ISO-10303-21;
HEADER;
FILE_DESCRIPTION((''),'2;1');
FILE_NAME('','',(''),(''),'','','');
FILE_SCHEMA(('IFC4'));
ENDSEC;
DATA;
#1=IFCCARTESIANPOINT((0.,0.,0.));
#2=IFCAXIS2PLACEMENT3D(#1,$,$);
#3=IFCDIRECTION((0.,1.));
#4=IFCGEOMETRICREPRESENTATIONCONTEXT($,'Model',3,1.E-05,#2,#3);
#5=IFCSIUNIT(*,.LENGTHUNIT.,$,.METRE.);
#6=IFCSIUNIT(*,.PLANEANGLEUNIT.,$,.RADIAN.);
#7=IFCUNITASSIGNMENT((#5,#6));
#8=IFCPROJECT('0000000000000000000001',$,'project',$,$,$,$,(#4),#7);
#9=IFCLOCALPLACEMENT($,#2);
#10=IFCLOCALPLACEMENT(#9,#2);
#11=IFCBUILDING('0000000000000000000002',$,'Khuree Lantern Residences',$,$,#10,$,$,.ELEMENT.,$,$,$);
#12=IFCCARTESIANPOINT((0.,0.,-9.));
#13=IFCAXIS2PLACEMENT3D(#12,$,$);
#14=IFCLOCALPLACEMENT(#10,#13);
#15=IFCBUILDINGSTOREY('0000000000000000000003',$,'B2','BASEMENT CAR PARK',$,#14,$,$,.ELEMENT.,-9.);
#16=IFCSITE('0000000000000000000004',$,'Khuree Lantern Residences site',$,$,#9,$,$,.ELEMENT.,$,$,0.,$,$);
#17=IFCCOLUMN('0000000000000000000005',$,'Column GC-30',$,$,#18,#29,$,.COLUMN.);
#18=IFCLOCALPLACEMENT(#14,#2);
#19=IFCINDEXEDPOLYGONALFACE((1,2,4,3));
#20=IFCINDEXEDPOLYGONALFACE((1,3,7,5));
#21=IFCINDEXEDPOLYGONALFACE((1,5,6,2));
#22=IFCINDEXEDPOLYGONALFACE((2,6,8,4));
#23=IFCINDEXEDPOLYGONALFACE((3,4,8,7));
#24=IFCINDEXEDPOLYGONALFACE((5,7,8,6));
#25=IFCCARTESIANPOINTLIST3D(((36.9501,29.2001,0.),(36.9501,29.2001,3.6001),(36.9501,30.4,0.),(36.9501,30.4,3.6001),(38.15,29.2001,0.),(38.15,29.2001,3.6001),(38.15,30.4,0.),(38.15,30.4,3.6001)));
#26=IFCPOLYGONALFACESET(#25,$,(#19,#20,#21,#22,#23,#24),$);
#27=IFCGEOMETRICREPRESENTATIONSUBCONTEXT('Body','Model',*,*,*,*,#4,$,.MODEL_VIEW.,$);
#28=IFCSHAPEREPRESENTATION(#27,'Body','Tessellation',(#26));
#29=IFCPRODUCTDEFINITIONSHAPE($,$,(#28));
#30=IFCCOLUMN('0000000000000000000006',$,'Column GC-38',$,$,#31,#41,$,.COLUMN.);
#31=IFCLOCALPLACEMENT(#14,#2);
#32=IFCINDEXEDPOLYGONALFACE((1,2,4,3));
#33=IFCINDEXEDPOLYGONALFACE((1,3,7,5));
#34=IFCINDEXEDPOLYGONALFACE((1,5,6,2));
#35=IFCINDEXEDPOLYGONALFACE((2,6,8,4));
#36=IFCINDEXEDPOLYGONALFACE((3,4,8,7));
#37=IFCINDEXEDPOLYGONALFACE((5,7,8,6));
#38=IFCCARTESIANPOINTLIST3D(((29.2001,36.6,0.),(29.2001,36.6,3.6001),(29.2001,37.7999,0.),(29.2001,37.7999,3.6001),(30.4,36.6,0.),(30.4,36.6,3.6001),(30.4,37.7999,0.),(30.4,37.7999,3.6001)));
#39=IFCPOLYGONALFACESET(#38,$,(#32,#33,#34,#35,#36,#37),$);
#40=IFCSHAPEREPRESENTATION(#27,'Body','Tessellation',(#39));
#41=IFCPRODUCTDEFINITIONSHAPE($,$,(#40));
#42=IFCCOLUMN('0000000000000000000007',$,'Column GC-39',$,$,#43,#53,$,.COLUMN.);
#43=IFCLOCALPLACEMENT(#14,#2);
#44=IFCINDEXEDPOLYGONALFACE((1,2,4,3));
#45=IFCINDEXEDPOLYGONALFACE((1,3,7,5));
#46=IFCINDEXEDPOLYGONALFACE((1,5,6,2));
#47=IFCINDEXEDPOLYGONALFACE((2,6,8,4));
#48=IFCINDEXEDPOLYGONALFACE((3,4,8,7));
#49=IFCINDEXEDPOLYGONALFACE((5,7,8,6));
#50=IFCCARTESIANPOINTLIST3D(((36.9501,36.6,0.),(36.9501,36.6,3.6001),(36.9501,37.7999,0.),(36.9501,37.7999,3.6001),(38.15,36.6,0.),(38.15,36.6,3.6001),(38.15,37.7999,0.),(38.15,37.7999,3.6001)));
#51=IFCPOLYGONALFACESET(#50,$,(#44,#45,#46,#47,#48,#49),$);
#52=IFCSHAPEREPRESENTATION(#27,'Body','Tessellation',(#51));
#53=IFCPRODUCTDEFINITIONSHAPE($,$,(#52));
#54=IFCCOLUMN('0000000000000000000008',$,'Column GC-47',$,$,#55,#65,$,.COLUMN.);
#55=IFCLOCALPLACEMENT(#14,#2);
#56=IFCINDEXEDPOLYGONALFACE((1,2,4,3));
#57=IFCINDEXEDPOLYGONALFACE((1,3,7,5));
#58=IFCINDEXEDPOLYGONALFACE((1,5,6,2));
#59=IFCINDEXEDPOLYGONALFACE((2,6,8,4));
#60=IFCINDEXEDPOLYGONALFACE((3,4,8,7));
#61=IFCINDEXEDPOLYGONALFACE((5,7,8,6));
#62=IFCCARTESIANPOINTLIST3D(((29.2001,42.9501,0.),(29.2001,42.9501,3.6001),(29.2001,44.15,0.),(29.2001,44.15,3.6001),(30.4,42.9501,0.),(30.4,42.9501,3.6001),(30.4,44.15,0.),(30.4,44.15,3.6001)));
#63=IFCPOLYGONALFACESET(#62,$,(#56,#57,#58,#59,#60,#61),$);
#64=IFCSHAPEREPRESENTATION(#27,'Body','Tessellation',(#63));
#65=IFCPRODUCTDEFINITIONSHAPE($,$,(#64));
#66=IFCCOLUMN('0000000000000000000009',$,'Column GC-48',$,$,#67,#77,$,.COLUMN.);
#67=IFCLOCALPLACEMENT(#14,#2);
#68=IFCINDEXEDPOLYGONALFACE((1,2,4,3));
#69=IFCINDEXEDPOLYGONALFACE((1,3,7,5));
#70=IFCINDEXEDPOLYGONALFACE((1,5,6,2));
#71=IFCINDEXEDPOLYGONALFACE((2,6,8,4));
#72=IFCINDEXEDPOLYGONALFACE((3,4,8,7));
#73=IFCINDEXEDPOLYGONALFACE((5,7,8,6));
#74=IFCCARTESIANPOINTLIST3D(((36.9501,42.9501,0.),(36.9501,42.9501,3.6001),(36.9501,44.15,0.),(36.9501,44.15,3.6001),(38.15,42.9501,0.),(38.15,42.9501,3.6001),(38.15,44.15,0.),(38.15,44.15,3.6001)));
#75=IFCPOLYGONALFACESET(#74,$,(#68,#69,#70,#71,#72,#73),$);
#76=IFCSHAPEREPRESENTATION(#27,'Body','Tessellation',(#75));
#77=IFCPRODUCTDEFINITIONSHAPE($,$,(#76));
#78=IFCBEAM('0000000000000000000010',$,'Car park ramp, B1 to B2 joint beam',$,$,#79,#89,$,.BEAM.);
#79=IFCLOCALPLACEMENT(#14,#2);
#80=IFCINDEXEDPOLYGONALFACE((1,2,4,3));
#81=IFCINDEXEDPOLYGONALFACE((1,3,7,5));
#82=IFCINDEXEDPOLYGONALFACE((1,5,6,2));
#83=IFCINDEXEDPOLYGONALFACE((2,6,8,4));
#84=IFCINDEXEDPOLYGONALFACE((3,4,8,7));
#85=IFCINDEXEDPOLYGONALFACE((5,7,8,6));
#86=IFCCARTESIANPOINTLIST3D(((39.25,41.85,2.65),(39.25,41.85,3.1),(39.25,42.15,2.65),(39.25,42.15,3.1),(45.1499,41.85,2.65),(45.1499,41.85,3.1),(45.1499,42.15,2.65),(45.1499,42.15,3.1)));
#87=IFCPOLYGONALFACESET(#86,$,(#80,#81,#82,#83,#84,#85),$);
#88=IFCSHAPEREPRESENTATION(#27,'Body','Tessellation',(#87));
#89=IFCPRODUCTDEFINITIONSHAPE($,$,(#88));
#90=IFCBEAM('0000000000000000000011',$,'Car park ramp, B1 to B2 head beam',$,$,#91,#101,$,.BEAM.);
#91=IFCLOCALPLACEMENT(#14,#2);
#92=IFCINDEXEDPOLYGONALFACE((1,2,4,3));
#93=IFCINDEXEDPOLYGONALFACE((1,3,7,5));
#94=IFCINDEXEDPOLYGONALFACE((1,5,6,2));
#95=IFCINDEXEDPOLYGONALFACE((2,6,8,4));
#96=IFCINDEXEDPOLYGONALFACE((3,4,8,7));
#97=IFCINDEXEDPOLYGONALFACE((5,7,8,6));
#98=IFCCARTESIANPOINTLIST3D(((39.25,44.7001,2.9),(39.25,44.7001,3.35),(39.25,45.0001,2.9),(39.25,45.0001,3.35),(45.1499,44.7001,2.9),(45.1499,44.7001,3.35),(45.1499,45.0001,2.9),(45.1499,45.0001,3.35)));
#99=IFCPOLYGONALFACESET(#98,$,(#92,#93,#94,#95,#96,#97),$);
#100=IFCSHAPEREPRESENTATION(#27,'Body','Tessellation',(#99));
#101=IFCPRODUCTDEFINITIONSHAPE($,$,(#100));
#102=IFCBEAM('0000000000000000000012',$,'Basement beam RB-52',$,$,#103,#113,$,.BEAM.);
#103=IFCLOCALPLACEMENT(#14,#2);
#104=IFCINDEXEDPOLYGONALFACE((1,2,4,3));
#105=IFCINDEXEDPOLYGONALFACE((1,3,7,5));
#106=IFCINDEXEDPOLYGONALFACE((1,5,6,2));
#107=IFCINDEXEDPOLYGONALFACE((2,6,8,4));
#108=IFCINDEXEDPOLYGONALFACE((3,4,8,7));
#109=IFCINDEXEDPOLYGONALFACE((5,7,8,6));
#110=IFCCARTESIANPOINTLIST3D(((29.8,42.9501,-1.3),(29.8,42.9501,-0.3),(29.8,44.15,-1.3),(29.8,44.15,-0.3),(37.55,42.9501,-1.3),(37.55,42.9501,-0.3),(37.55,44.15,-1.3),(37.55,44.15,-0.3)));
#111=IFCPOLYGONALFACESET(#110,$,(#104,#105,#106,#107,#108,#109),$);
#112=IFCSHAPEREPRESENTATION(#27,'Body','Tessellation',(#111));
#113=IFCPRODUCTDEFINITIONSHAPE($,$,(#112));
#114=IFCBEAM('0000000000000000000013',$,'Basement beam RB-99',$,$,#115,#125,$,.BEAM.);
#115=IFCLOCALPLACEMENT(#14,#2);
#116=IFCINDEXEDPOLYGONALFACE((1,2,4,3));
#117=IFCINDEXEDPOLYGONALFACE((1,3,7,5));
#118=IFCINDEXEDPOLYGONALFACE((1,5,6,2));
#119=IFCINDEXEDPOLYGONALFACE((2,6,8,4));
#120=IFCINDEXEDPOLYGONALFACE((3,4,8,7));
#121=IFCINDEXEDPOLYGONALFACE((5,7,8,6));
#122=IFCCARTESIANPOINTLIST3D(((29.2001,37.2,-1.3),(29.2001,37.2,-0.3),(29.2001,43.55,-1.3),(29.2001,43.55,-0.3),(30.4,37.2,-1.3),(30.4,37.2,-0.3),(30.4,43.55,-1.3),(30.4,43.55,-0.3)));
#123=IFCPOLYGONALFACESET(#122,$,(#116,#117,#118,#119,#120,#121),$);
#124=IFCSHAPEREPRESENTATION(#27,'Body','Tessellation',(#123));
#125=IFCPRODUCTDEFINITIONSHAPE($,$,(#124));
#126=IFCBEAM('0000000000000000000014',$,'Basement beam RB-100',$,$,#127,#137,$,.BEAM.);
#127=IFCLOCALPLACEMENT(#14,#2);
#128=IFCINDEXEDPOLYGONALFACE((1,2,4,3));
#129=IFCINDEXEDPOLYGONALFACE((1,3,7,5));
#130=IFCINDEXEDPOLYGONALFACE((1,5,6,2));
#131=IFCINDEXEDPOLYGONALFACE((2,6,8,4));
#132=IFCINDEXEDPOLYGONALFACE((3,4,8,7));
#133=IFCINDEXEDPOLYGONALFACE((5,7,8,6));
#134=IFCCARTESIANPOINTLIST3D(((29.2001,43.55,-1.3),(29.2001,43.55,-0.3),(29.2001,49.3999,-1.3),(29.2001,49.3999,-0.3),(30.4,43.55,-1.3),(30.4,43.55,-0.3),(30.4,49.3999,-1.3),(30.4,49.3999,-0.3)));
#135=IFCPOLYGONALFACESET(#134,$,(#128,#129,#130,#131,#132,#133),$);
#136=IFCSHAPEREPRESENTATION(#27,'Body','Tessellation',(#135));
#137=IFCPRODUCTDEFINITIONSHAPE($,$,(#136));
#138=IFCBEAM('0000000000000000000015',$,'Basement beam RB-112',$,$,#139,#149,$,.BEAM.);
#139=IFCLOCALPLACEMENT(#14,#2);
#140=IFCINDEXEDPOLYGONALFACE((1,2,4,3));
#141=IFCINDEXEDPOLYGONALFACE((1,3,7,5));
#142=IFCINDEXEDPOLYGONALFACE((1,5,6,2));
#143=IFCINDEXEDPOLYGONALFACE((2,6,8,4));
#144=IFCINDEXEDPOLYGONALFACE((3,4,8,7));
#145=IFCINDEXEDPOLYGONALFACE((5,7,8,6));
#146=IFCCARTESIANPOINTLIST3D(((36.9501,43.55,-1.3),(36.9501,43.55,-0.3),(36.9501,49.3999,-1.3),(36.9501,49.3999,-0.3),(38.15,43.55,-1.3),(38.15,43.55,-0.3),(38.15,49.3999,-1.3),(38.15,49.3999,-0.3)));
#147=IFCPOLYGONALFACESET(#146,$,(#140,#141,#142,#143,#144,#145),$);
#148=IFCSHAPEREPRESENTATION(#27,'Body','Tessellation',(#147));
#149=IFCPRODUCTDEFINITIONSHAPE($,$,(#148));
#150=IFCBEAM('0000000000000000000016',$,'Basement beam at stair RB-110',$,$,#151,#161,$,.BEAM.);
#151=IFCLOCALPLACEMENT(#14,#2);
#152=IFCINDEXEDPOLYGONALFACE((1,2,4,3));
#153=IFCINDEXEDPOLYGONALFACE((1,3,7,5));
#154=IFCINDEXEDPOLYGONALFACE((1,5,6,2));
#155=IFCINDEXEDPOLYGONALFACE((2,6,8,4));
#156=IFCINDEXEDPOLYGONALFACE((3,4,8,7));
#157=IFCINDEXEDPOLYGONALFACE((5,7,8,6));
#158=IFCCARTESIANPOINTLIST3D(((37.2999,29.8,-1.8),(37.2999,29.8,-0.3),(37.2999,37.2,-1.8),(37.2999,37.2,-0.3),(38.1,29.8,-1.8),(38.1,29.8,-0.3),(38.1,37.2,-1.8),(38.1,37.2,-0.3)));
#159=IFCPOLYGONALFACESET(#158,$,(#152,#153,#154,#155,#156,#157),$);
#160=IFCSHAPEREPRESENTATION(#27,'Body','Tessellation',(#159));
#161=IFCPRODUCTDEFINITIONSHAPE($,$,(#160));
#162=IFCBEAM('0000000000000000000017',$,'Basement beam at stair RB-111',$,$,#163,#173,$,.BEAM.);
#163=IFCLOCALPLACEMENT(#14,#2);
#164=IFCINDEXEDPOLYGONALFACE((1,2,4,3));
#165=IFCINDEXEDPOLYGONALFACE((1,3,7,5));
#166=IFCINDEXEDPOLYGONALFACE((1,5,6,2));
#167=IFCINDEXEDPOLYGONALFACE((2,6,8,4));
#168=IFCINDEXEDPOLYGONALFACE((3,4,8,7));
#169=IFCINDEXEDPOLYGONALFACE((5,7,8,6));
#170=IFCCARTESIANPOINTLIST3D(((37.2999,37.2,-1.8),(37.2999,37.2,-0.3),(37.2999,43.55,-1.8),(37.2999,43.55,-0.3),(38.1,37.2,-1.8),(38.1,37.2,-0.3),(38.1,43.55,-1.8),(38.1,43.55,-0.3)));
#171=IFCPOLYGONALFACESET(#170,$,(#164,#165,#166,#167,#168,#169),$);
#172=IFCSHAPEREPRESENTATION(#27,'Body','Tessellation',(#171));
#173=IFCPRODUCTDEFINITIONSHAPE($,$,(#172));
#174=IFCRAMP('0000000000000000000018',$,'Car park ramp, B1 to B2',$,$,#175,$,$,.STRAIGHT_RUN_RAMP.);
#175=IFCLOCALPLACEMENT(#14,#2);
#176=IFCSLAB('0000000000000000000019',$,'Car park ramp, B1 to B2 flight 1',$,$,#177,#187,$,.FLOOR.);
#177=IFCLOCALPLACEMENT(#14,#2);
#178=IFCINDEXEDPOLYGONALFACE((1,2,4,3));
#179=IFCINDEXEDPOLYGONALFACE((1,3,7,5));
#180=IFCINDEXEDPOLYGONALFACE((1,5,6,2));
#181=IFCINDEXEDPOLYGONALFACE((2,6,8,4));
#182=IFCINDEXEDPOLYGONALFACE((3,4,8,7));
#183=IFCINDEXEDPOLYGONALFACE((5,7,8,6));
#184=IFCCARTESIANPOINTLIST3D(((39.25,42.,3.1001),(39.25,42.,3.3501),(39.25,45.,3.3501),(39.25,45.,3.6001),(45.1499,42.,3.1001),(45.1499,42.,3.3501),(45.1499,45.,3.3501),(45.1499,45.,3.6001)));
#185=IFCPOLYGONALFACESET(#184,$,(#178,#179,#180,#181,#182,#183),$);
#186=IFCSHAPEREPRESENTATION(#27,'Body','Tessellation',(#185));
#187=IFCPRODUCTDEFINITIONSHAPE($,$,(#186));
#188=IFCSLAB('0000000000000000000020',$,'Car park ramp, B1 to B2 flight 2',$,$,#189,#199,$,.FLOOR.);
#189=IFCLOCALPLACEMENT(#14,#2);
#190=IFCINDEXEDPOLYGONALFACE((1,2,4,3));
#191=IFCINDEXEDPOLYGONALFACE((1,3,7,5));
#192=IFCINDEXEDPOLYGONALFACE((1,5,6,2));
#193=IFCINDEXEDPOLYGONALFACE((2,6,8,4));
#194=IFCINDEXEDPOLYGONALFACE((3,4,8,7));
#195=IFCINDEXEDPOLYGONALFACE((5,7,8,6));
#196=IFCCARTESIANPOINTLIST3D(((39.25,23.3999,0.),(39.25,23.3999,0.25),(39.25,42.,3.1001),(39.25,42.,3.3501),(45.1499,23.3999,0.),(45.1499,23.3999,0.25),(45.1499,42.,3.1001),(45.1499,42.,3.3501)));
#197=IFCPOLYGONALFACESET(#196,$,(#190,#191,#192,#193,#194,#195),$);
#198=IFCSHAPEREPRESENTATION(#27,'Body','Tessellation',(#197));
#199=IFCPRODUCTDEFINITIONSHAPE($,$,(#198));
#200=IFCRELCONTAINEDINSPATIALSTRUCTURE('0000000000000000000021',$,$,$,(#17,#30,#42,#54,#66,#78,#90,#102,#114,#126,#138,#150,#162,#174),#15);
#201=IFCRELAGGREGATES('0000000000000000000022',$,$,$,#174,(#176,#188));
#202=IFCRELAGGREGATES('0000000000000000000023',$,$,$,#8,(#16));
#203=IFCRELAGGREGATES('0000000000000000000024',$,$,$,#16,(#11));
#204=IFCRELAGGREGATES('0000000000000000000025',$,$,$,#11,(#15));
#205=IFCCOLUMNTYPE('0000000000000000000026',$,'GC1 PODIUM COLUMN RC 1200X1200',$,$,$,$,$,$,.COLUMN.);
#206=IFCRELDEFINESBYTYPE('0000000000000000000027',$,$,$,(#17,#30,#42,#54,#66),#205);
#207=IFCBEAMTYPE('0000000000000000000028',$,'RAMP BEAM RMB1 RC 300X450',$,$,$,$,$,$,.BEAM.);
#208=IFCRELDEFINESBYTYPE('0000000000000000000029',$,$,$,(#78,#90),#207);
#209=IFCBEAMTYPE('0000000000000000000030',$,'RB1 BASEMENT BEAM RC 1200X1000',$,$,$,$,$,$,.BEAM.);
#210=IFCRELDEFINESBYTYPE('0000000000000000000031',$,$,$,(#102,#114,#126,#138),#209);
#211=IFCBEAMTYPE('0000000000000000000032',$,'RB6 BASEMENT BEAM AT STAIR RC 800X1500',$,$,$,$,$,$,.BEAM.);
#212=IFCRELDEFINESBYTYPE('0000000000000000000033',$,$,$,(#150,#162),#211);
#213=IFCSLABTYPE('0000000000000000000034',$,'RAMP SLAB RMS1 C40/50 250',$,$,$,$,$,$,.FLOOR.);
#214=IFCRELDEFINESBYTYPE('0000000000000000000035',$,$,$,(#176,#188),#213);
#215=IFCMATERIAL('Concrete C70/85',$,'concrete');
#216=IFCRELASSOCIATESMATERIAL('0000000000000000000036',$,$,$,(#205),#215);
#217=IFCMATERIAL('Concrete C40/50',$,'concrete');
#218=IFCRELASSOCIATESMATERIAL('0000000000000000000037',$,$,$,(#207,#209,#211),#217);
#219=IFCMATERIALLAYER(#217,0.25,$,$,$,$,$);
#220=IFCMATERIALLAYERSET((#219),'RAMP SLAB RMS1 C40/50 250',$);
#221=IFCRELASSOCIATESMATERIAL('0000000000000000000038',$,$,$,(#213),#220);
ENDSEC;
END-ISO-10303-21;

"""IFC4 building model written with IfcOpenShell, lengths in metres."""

from ifc_helpers import new_model, si_unit, direction, frame, origin, origin_2d, place, context, subcontext, project, spatial, polyline, rectangle, outline, extrude, material, layer, layer_set, material_profile, profile_set, type_object, element, aggregate, save


model = new_model("IFC4")

# Units and contexts
model_context = context("Model", 3, precision=1e-05, world=origin(), true_north=direction((0.0, 1.0)))
body_context = subcontext(model_context, "Body", "Model", "MODEL_VIEW")
ifc_project = project(units=[si_unit("LENGTHUNIT", "METRE"), si_unit("PLANEANGLEUNIT", "RADIAN")], contexts=[model_context])

# Site, building, storey
site_placement = place(None, origin())
site = spatial("IfcSite", under=ifc_project, at=site_placement, Name="Khuree Lantern Residences site", CompositionType="ELEMENT", RefElevation=0.0)
building_placement = place(site_placement, origin())
building = spatial("IfcBuilding", under=site, at=building_placement, Name="Khuree Lantern Residences", CompositionType="ELEMENT")
storey_placement = place(building_placement, frame((0.0, 0.0, -9.0)))
storey = spatial("IfcBuildingStorey", under=building, at=storey_placement, Name="B2", Description="BASEMENT CAR PARK", CompositionType="ELEMENT", Elevation=-9.0)

# Columns
ifc_material_1 = material(Name="Concrete C70/85", Category="concrete")
ifc_material_profile_1 = material_profile(ifc_material_1, rectangle(XDim=1.2, YDim=1.2, at=origin_2d()), Name="RC 1200X1200")
ifc_profile_set_1 = profile_set([ifc_material_profile_1], Name="Concrete C70/85")
column_type = type_object("IfcColumnType", Name="GC1 PODIUM COLUMN RC 1200X1200", PredefinedType="COLUMN", material=ifc_profile_set_1)
for number, where, z_axis, x_axis, name in (
    (1, (37.55, 29.8, 0.0), (0.0, 0.0, 1.0), (1.0, 0.0, 0.0), "Column GC-30"),
    (2, (29.8, 37.2, 0.0), (0.0, 0.0, 1.0), (1.0, 0.0, 0.0), "Column GC-38"),
    (3, (37.55, 37.2, 0.0), (0.0, 0.0, 1.0), (1.0, 0.0, 0.0), "Column GC-39"),
    (4, (29.8, 43.55, 0.0), (0.0, 0.0, 1.0), (1.0, 0.0, 0.0), "Column GC-47"),
    (5, (37.55, 43.55, 0.0), (0.0, 0.0, 1.0), (1.0, 0.0, 0.0), "Column GC-48"),
):
    element("IfcColumn", number, at=place(storey_placement, frame(where, z_axis=z_axis, x_axis=x_axis)), inside=storey, type_object=column_type, Name=name, PredefinedType="COLUMN", context=body_context, shape_type="SweptSolid", body=[
        extrude(rectangle(XDim=1.2, YDim=1.2, at=origin_2d()), origin(), (0.0, 0.0, 1.0), 3.6001),
    ])

# Beams
ifc_material_2 = material(Name="Concrete C40/50", Category="concrete")
ifc_material_profile_2 = material_profile(ifc_material_2, rectangle(XDim=0.3, YDim=0.45, at=origin_2d()), Name="RC 300X450")
ifc_profile_set_2 = profile_set([ifc_material_profile_2], Name="Concrete C40/50")
beam_type_1 = type_object("IfcBeamType", Name="RAMP BEAM RMB1 RC 300X450", PredefinedType="BEAM", material=ifc_profile_set_2)
for number, where, z_axis, x_axis, name in (
    (6, (39.25, 42.0, 2.875), (1.0, 0.0, 0.0), (0.0, 1.0, 0.0), "Car park ramp, B1 to B2 joint beam"),
    (7, (39.25, 44.8501, 3.125), (1.0, 0.0, 0.0), (0.0, 1.0, 0.0), "Car park ramp, B1 to B2 head beam"),
):
    element("IfcBeam", number, at=place(storey_placement, frame(where, z_axis=z_axis, x_axis=x_axis)), inside=storey, type_object=beam_type_1, Name=name, PredefinedType="BEAM", context=body_context, shape_type="SweptSolid", body=[
        extrude(rectangle(XDim=0.3, YDim=0.45, at=origin_2d()), origin(), (0.0, 0.0, 1.0), 5.8999),
    ])
ifc_material_profile_3 = material_profile(ifc_material_2, rectangle(XDim=1.2, YDim=1.0, at=origin_2d()), Name="RC 1200X1000")
ifc_profile_set_3 = profile_set([ifc_material_profile_3], Name="Concrete C40/50")
beam_type_2 = type_object("IfcBeamType", Name="RB1 BASEMENT BEAM RC 1200X1000", PredefinedType="BEAM", material=ifc_profile_set_3)
beam_1_placement = place(storey_placement, frame((29.8, 43.55, -0.8), z_axis=(1.0, 0.0, 0.0), x_axis=(0.0, 1.0, 0.0)))
element("IfcBeam", 8, at=beam_1_placement, inside=storey, type_object=beam_type_2, Name="Basement beam RB-52", PredefinedType="BEAM", context=body_context, shape_type="SweptSolid", body=[
    extrude(rectangle(XDim=1.2, YDim=1.0, at=origin_2d()), origin(), (0.0, 0.0, 1.0), 7.75),
])
beam_2_placement = place(storey_placement, frame((29.8, 37.2, -0.8), z_axis=(0.0, 1.0, 0.0), x_axis=(-1.0, 0.0, 0.0)))
element("IfcBeam", 9, at=beam_2_placement, inside=storey, type_object=beam_type_2, Name="Basement beam RB-99", PredefinedType="BEAM", context=body_context, shape_type="SweptSolid", body=[
    extrude(rectangle(XDim=1.2, YDim=1.0, at=origin_2d()), origin(), (0.0, 0.0, 1.0), 6.3501),
])
for number, where, z_axis, x_axis, name in (
    (10, (29.8, 43.55, -0.8), (0.0, 1.0, 0.0), (-1.0, 0.0, 0.0), "Basement beam RB-100"),
    (11, (37.55, 43.55, -0.8), (0.0, 1.0, 0.0), (-1.0, 0.0, 0.0), "Basement beam RB-112"),
):
    element("IfcBeam", number, at=place(storey_placement, frame(where, z_axis=z_axis, x_axis=x_axis)), inside=storey, type_object=beam_type_2, Name=name, PredefinedType="BEAM", context=body_context, shape_type="SweptSolid", body=[
        extrude(rectangle(XDim=1.2, YDim=1.0, at=origin_2d()), origin(), (0.0, 0.0, 1.0), 5.8499),
    ])
ifc_material_profile_4 = material_profile(ifc_material_2, rectangle(XDim=0.8, YDim=1.5, at=origin_2d()), Name="RC 800X1500")
ifc_profile_set_4 = profile_set([ifc_material_profile_4], Name="Concrete C40/50")
beam_type_3 = type_object("IfcBeamType", Name="RB6 BASEMENT BEAM AT STAIR RC 800X1500", PredefinedType="BEAM", material=ifc_profile_set_4)
beam_3_placement = place(storey_placement, frame((37.7, 29.8, -1.05), z_axis=(0.0, 1.0, 0.0), x_axis=(-1.0, 0.0, 0.0)))
element("IfcBeam", 12, at=beam_3_placement, inside=storey, type_object=beam_type_3, Name="Basement beam at stair RB-110", PredefinedType="BEAM", context=body_context, shape_type="SweptSolid", body=[
    extrude(rectangle(XDim=0.8, YDim=1.5, at=origin_2d()), origin(), (0.0, 0.0, 1.0), 7.3999),
])
beam_4_placement = place(storey_placement, frame((37.7, 37.2, -1.05), z_axis=(0.0, 1.0, 0.0), x_axis=(-1.0, 0.0, 0.0)))
element("IfcBeam", 13, at=beam_4_placement, inside=storey, type_object=beam_type_3, Name="Basement beam at stair RB-111", PredefinedType="BEAM", context=body_context, shape_type="SweptSolid", body=[
    extrude(rectangle(XDim=0.8, YDim=1.5, at=origin_2d()), origin(), (0.0, 0.0, 1.0), 6.3501),
])

# Ramp, slabs
ramp_placement = place(storey_placement, origin())
ramp = element("IfcRamp", 14, at=ramp_placement, inside=storey, Name="Car park ramp, B1 to B2", PredefinedType="STRAIGHT_RUN_RAMP")
ifc_layer_1 = layer(ifc_material_2, 0.25)
ifc_layer_set_1 = layer_set([ifc_layer_1], Name="RAMP SLAB RMS1 C40/50 250")
slab_type = type_object("IfcSlabType", Name="RAMP SLAB RMS1 C40/50 250", PredefinedType="FLOOR", material=ifc_layer_set_1)
slab_1_placement = place(storey_placement, frame((39.25, 45.0, 3.6001), z_axis=(0.0, -0.083045, 0.996546), x_axis=(1.0, 0.0, 0.0)))
slab_1 = element("IfcSlab", 15, at=slab_1_placement, type_object=slab_type, Name="Car park ramp, B1 to B2 flight 1", PredefinedType="FLOOR", context=body_context, shape_type="SweptSolid", body=[
    extrude(outline(polyline([(0.0, 0.0), (5.8999, 0.0), (5.8999, -3.0104), (0.0, -3.0104), (0.0, 0.0)])), origin(), (0.0, -0.083045, -0.996546), 0.25),
])
slab_2_placement = place(storey_placement, frame((39.25, 42.0, 3.3501), z_axis=(0.0, -0.164403, 0.986393), x_axis=(1.0, 0.0, 0.0)))
slab_2 = element("IfcSlab", 16, at=slab_2_placement, type_object=slab_type, Name="Car park ramp, B1 to B2 flight 2", PredefinedType="FLOOR", context=body_context, shape_type="SweptSolid", body=[
    extrude(outline(polyline([(0.0, 0.0), (5.8999, 0.0), (5.8999, -18.8567), (0.0, -18.8567), (0.0, 0.0)])), origin(), (0.0, -0.164403, -0.986393), 0.25),
])
aggregate(ramp, [slab_1, slab_2])

save(model, "model.ifc")
